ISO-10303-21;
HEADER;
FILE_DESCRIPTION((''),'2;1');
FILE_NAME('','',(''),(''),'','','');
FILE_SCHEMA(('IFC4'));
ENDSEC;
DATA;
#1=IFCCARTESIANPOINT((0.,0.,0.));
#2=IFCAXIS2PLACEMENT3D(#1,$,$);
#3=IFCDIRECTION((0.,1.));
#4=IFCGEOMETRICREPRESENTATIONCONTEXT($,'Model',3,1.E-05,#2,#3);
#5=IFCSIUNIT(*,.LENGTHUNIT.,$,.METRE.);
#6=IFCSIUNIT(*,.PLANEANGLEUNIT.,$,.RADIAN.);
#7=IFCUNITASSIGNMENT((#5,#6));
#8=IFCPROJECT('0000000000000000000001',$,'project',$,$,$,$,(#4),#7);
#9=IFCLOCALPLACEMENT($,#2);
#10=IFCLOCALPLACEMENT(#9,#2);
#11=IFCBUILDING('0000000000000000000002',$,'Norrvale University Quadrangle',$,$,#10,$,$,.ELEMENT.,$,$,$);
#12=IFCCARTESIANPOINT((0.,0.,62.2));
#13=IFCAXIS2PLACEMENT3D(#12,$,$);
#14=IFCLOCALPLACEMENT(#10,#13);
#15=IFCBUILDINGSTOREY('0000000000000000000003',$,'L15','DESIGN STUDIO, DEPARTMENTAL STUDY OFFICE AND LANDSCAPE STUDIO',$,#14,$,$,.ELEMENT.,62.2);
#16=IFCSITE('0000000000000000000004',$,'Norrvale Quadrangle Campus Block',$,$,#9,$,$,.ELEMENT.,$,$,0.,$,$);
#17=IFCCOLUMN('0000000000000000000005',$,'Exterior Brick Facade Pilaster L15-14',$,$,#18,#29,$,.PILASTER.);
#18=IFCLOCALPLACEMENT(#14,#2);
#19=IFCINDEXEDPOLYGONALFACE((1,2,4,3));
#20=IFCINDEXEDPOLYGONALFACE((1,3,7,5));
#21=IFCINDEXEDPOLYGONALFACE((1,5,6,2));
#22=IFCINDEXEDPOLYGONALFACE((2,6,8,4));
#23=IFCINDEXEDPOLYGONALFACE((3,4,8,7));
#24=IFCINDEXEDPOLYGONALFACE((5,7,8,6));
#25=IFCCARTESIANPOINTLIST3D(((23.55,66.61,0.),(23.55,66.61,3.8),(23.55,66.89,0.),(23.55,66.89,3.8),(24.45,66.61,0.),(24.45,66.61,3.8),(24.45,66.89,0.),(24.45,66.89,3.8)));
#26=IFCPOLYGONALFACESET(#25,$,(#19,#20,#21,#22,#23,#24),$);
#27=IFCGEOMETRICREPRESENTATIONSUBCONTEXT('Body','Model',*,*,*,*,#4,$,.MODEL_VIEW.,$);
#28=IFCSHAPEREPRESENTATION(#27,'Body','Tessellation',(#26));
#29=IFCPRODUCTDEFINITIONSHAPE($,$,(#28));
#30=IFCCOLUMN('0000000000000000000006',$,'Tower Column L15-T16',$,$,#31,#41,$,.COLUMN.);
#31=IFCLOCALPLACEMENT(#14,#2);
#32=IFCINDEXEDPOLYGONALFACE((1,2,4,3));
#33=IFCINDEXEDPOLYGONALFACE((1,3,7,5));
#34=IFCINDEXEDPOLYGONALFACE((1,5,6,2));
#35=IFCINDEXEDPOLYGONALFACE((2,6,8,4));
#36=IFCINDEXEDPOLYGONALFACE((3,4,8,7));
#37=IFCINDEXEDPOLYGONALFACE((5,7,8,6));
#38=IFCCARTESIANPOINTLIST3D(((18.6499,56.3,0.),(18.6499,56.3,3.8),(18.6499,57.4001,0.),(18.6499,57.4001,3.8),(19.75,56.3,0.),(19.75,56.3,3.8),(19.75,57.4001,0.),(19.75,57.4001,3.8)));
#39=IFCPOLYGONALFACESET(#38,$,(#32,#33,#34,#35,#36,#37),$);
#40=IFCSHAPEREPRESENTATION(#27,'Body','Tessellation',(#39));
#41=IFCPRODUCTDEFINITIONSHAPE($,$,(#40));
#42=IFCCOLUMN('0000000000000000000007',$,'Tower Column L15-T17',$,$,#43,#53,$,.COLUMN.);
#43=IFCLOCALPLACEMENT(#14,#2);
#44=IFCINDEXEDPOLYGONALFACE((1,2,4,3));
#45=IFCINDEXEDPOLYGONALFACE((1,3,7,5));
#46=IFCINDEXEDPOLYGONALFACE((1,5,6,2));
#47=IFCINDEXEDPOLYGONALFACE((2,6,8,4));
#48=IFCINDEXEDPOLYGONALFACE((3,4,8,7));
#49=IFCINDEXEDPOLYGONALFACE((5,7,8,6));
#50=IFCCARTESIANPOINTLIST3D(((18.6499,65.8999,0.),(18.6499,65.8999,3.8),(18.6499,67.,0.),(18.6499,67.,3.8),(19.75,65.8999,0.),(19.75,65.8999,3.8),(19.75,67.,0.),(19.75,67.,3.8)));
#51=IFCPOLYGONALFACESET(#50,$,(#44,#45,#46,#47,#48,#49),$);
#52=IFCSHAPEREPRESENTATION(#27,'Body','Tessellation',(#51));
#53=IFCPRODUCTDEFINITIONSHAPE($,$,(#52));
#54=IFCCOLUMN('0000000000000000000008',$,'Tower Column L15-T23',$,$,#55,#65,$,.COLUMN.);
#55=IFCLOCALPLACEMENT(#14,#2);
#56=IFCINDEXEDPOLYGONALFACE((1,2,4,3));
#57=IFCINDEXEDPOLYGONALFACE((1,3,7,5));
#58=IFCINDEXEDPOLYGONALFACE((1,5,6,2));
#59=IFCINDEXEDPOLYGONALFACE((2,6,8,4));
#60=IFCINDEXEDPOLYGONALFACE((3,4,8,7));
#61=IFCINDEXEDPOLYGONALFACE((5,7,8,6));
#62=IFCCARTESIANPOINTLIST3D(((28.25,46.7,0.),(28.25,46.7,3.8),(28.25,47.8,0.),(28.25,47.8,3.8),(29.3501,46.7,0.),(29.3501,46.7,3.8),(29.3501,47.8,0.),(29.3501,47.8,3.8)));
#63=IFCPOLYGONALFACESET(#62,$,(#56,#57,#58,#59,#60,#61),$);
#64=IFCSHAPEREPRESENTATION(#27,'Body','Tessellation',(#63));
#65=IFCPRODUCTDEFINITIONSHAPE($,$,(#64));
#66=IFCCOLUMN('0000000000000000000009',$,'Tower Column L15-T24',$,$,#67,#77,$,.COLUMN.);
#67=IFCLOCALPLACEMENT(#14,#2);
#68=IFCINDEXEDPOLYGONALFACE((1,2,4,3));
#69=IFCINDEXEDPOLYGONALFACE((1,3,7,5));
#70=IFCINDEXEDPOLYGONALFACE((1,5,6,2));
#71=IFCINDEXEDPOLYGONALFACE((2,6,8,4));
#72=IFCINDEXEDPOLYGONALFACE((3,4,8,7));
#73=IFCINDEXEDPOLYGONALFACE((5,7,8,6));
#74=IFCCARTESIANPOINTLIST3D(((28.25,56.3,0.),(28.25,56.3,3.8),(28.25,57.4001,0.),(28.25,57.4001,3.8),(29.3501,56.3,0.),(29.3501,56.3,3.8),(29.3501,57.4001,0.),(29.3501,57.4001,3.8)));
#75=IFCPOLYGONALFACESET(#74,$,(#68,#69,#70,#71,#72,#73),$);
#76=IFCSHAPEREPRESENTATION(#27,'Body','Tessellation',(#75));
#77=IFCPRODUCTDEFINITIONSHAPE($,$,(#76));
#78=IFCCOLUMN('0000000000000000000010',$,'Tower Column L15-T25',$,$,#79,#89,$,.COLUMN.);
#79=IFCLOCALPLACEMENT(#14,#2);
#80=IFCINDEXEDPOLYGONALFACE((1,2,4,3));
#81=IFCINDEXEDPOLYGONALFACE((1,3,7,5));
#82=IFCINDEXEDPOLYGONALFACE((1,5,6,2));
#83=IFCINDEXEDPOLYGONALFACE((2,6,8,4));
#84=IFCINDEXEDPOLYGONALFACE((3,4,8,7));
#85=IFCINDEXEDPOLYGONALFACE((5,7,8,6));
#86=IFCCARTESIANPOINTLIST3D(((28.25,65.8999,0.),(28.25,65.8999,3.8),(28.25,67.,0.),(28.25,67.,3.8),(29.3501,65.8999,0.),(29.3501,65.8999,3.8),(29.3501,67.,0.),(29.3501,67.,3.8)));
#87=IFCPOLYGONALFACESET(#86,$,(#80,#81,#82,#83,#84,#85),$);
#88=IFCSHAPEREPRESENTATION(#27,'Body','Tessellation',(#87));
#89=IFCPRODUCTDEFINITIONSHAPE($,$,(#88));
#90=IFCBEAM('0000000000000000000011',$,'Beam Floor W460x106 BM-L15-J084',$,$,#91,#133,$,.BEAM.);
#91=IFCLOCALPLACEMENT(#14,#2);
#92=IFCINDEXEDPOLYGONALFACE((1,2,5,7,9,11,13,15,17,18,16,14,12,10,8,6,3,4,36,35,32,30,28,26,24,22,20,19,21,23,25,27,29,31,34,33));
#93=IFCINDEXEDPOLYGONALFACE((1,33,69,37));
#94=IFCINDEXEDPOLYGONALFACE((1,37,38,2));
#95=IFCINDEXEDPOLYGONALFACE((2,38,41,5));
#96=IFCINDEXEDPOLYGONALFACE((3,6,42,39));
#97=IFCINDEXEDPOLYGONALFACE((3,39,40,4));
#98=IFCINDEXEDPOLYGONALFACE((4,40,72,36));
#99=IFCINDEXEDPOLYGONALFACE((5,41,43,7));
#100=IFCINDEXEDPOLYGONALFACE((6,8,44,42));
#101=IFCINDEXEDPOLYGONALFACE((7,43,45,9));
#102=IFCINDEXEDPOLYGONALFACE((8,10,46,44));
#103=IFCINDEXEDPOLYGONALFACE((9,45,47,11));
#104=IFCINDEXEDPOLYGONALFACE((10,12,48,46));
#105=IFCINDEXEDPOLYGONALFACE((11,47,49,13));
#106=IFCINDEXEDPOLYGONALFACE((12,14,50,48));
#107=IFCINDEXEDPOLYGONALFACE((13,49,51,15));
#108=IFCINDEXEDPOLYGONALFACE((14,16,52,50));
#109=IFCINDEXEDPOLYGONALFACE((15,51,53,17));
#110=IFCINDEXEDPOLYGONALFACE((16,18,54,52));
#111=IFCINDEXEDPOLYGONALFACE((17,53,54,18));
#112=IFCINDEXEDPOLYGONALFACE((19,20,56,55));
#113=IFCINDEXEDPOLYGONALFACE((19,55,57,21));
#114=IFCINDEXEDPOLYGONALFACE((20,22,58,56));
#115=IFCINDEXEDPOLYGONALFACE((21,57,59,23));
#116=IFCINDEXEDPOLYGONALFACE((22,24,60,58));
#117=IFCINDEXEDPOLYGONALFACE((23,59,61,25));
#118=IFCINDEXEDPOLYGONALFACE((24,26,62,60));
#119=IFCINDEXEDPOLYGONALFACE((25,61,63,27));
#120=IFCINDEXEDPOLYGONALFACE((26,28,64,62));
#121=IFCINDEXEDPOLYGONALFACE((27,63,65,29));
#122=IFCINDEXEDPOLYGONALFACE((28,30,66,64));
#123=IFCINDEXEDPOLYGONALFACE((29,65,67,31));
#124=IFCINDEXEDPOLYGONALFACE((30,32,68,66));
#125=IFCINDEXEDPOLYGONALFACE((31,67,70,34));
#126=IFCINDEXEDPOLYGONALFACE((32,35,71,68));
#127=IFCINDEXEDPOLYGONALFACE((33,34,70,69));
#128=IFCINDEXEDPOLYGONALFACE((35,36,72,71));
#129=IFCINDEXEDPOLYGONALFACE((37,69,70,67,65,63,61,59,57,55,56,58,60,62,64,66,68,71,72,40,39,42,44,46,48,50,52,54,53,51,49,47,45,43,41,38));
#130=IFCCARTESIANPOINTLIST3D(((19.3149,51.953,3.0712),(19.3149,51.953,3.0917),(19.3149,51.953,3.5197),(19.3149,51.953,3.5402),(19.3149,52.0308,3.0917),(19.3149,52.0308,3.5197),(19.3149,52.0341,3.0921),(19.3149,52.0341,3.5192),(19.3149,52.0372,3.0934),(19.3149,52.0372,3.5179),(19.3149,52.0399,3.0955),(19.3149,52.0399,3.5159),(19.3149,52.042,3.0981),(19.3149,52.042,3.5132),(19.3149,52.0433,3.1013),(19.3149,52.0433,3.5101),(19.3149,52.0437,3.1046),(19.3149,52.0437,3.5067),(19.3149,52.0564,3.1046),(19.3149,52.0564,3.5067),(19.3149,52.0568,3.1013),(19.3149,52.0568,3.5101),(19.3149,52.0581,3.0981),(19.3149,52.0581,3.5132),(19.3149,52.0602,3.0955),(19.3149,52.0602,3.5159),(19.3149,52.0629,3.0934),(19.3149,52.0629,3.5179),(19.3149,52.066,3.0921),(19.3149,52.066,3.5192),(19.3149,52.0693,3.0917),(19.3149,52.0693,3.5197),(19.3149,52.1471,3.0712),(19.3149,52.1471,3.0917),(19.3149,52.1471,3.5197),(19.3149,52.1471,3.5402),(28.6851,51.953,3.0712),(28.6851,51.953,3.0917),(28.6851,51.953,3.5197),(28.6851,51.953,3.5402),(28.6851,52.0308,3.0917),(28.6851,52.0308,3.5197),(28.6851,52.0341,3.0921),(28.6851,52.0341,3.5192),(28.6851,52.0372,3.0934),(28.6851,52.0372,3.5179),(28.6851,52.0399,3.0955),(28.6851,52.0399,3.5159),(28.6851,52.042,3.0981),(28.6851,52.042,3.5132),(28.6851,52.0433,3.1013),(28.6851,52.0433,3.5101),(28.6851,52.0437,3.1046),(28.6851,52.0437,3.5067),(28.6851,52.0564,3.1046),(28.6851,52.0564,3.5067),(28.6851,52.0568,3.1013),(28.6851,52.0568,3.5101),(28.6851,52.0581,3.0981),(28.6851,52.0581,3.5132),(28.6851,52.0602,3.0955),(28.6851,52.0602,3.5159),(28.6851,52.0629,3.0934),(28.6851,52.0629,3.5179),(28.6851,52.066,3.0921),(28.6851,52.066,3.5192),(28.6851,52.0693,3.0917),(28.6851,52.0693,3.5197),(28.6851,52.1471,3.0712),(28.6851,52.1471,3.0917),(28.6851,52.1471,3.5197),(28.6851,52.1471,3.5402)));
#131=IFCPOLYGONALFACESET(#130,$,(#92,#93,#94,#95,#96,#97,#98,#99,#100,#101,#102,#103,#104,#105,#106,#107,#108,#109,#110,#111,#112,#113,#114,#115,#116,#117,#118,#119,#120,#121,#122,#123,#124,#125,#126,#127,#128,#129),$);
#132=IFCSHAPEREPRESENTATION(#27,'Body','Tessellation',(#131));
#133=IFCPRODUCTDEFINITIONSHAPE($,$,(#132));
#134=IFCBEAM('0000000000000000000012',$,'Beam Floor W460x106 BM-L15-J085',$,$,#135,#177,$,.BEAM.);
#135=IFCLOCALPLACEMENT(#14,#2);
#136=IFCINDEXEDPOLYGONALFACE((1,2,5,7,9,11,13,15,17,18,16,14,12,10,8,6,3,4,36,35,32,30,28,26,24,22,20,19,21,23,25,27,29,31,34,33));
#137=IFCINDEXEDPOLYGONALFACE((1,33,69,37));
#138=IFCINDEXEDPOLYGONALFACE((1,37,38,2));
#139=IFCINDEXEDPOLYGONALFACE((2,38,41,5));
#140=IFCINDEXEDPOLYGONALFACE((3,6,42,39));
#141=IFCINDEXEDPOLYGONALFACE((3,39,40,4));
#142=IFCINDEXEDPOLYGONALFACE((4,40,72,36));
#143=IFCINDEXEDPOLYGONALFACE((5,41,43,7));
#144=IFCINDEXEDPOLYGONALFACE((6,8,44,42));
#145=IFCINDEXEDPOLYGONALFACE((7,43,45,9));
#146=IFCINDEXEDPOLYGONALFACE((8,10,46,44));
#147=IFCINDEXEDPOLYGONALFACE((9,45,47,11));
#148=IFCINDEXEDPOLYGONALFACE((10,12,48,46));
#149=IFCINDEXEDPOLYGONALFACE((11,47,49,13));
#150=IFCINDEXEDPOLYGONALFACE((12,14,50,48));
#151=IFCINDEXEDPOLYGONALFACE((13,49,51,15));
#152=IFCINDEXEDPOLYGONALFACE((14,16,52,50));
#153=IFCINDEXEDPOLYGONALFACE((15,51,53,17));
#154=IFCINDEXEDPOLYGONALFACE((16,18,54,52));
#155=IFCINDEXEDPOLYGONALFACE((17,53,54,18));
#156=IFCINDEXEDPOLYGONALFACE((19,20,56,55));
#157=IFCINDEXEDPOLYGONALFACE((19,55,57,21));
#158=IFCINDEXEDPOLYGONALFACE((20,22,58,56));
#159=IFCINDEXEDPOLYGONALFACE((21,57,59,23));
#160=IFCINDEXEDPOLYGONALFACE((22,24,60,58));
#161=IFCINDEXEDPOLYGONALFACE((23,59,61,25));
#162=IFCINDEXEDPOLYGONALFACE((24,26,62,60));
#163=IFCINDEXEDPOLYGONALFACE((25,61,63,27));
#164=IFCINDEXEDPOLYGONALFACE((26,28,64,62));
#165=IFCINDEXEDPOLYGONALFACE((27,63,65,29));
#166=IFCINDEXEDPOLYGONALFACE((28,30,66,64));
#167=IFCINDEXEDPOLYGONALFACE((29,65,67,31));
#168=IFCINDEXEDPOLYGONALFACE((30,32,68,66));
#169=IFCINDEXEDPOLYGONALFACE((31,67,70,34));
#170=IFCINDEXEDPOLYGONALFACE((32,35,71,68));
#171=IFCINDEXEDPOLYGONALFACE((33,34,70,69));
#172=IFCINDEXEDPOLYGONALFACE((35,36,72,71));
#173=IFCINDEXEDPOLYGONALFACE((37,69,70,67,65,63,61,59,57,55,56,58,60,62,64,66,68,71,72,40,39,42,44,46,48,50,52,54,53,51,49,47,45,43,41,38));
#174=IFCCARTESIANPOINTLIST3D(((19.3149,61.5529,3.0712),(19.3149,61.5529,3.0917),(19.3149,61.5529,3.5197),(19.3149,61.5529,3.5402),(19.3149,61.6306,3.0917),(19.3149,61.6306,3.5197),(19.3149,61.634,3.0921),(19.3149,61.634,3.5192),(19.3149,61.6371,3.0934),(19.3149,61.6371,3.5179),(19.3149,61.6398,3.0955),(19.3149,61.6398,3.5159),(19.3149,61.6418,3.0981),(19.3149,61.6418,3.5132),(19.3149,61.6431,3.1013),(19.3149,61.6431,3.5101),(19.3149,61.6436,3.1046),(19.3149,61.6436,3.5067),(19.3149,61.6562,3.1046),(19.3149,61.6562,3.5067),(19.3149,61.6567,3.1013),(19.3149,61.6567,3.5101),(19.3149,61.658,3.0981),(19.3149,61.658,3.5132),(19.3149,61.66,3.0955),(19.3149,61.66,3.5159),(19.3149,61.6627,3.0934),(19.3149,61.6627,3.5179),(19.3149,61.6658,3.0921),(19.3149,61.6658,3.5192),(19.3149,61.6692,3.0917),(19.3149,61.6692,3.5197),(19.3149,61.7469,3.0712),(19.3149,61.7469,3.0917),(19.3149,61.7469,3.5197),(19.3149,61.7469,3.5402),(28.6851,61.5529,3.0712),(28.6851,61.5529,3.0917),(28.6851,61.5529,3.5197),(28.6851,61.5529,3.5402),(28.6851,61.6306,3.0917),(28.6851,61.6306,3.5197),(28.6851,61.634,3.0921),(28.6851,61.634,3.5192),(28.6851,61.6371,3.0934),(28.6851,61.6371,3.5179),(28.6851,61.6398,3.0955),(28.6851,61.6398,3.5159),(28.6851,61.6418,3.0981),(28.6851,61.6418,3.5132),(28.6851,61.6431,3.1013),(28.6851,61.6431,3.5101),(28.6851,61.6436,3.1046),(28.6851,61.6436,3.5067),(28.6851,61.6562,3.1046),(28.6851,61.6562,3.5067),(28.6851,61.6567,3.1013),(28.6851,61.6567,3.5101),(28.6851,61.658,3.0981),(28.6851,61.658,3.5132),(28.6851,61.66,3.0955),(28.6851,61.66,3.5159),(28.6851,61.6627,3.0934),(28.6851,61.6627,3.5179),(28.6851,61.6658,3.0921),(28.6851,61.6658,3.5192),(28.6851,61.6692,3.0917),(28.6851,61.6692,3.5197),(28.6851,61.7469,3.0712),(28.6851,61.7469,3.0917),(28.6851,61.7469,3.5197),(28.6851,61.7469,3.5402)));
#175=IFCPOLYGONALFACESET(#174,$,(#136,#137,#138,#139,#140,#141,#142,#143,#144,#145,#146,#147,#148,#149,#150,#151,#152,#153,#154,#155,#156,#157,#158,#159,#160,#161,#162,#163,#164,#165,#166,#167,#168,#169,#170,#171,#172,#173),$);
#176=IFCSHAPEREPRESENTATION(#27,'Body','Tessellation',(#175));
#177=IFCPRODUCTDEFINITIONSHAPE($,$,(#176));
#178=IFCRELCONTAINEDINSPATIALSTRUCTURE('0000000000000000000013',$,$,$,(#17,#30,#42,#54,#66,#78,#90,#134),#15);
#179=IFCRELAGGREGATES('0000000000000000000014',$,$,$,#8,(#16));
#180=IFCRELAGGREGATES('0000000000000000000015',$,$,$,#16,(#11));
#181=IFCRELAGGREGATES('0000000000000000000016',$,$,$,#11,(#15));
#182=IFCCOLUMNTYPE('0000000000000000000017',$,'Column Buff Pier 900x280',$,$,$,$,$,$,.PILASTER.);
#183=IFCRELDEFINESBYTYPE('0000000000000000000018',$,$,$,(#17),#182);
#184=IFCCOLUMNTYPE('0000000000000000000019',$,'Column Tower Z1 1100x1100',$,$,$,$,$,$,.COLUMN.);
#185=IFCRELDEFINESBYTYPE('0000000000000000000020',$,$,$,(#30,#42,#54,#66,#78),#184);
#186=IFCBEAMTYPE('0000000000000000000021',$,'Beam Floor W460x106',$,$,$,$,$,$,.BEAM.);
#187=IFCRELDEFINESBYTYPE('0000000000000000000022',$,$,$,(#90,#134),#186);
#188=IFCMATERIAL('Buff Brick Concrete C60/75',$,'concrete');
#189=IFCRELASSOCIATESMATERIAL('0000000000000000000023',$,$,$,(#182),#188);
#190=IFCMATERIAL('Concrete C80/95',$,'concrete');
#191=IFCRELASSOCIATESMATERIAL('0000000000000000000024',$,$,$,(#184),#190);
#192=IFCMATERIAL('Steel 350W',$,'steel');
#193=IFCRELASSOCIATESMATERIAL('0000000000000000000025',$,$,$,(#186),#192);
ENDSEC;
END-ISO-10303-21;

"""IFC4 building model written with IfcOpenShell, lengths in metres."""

from ifc_helpers import new_model, si_unit, direction, frame, origin, origin_2d, place, context, subcontext, project, spatial, rectangle, i_section, extrude, material, material_profile, profile_set, type_object, element, save


model = new_model("IFC4")

# Units and contexts
model_context = context("Model", 3, precision=1e-05, world=origin(), true_north=direction((0.0, 1.0)))
body_context = subcontext(model_context, "Body", "Model", "MODEL_VIEW")
ifc_project = project(units=[si_unit("LENGTHUNIT", "METRE"), si_unit("PLANEANGLEUNIT", "RADIAN")], contexts=[model_context])

# Site, building, storey
site_placement = place(None, origin())
site = spatial("IfcSite", under=ifc_project, at=site_placement, Name="Norrvale Quadrangle Campus Block", CompositionType="ELEMENT", RefElevation=0.0)
building_placement = place(site_placement, origin())
building = spatial("IfcBuilding", under=site, at=building_placement, Name="Norrvale University Quadrangle", CompositionType="ELEMENT")
storey_placement = place(building_placement, frame((0.0, 0.0, 62.2)))
storey = spatial("IfcBuildingStorey", under=building, at=storey_placement, Name="L15", Description="DESIGN STUDIO, DEPARTMENTAL STUDY OFFICE AND LANDSCAPE STUDIO", CompositionType="ELEMENT", Elevation=62.2)

# Columns
ifc_material_1 = material(Name="Buff Brick Concrete C60/75", Category="concrete")
ifc_material_profile_1 = material_profile(ifc_material_1, rectangle(XDim=0.8999, YDim=0.28, at=origin_2d()), Name="Buff Brick Concrete C60/75")
ifc_profile_set_1 = profile_set([ifc_material_profile_1], Name="Buff Brick Concrete C60/75")
column_type_1 = type_object("IfcColumnType", Name="Column Buff Pier 900x280", PredefinedType="PILASTER", material=ifc_profile_set_1)
column_placement = place(storey_placement, frame((24.0, 66.75, 0.0), z_axis=(0.0, 0.0, 1.0), x_axis=(1.0, 0.0, 0.0)))
element("IfcColumn", 1, at=column_placement, inside=storey, type_object=column_type_1, Name="Exterior Brick Facade Pilaster L15-14", PredefinedType="PILASTER", context=body_context, shape_type="SweptSolid", body=[
    extrude(rectangle(XDim=0.8999, YDim=0.28, at=origin_2d()), origin(), (0.0, 0.0, 1.0), 3.8),
])
ifc_material_2 = material(Name="Concrete C80/95", Category="concrete")
ifc_material_profile_2 = material_profile(ifc_material_2, rectangle(XDim=1.1001, YDim=1.1001, at=origin_2d()), Name="Concrete C80/95")
ifc_profile_set_2 = profile_set([ifc_material_profile_2], Name="Concrete C80/95")
column_type_2 = type_object("IfcColumnType", Name="Column Tower Z1 1100x1100", PredefinedType="COLUMN", material=ifc_profile_set_2)
for number, where, z_axis, x_axis, name in (
    (2, (19.2, 56.8501, 0.0), (0.0, 0.0, 1.0), (1.0, 0.0, 0.0), "Tower Column L15-T16"),
    (3, (19.2, 66.45, 0.0), (0.0, 0.0, 1.0), (1.0, 0.0, 0.0), "Tower Column L15-T17"),
    (4, (28.8, 47.25, 0.0), (0.0, 0.0, 1.0), (1.0, 0.0, 0.0), "Tower Column L15-T23"),
    (5, (28.8, 56.8501, 0.0), (0.0, 0.0, 1.0), (1.0, 0.0, 0.0), "Tower Column L15-T24"),
    (6, (28.8, 66.45, 0.0), (0.0, 0.0, 1.0), (1.0, 0.0, 0.0), "Tower Column L15-T25"),
):
    element("IfcColumn", number, at=place(storey_placement, frame(where, z_axis=z_axis, x_axis=x_axis)), inside=storey, type_object=column_type_2, Name=name, PredefinedType="COLUMN", context=body_context, shape_type="SweptSolid", body=[
        extrude(rectangle(XDim=1.1001, YDim=1.1001, at=origin_2d()), origin(), (0.0, 0.0, 1.0), 3.8),
    ])

# Beams
ifc_material_3 = material(Name="Steel 350W", Category="steel")
ifc_material_profile_3 = material_profile(ifc_material_3, i_section(OverallWidth=0.1941, OverallDepth=0.469, WebThickness=0.0127, FlangeThickness=0.0205, FilletRadius=0.0129, at=origin_2d()), Name="Steel 350W")
ifc_profile_set_3 = profile_set([ifc_material_profile_3], Name="Steel 350W")
beam_type_1 = type_object("IfcBeamType", Name="Beam Floor W460x106", PredefinedType="BEAM", material=ifc_profile_set_3)
for number, where, z_axis, x_axis, name in (
    (7, (19.3149, 52.05, 3.3057), (1.0, 0.0, 0.0), (0.0, 1.0, 0.0), "Beam Floor W460x106 BM-L15-J084"),
    (8, (19.3149, 61.6499, 3.3057), (1.0, 0.0, 0.0), (0.0, 1.0, 0.0), "Beam Floor W460x106 BM-L15-J085"),
):
    element("IfcBeam", number, at=place(storey_placement, frame(where, z_axis=z_axis, x_axis=x_axis)), inside=storey, type_object=beam_type_1, Name=name, PredefinedType="BEAM", context=body_context, shape_type="SweptSolid", body=[
        extrude(i_section(OverallWidth=0.1941, OverallDepth=0.469, WebThickness=0.0127, FlangeThickness=0.0205, FilletRadius=0.0129, at=origin_2d()), origin(), (0.0, 0.0, 1.0), 9.3701),
    ])

save(model, "model.ifc")
